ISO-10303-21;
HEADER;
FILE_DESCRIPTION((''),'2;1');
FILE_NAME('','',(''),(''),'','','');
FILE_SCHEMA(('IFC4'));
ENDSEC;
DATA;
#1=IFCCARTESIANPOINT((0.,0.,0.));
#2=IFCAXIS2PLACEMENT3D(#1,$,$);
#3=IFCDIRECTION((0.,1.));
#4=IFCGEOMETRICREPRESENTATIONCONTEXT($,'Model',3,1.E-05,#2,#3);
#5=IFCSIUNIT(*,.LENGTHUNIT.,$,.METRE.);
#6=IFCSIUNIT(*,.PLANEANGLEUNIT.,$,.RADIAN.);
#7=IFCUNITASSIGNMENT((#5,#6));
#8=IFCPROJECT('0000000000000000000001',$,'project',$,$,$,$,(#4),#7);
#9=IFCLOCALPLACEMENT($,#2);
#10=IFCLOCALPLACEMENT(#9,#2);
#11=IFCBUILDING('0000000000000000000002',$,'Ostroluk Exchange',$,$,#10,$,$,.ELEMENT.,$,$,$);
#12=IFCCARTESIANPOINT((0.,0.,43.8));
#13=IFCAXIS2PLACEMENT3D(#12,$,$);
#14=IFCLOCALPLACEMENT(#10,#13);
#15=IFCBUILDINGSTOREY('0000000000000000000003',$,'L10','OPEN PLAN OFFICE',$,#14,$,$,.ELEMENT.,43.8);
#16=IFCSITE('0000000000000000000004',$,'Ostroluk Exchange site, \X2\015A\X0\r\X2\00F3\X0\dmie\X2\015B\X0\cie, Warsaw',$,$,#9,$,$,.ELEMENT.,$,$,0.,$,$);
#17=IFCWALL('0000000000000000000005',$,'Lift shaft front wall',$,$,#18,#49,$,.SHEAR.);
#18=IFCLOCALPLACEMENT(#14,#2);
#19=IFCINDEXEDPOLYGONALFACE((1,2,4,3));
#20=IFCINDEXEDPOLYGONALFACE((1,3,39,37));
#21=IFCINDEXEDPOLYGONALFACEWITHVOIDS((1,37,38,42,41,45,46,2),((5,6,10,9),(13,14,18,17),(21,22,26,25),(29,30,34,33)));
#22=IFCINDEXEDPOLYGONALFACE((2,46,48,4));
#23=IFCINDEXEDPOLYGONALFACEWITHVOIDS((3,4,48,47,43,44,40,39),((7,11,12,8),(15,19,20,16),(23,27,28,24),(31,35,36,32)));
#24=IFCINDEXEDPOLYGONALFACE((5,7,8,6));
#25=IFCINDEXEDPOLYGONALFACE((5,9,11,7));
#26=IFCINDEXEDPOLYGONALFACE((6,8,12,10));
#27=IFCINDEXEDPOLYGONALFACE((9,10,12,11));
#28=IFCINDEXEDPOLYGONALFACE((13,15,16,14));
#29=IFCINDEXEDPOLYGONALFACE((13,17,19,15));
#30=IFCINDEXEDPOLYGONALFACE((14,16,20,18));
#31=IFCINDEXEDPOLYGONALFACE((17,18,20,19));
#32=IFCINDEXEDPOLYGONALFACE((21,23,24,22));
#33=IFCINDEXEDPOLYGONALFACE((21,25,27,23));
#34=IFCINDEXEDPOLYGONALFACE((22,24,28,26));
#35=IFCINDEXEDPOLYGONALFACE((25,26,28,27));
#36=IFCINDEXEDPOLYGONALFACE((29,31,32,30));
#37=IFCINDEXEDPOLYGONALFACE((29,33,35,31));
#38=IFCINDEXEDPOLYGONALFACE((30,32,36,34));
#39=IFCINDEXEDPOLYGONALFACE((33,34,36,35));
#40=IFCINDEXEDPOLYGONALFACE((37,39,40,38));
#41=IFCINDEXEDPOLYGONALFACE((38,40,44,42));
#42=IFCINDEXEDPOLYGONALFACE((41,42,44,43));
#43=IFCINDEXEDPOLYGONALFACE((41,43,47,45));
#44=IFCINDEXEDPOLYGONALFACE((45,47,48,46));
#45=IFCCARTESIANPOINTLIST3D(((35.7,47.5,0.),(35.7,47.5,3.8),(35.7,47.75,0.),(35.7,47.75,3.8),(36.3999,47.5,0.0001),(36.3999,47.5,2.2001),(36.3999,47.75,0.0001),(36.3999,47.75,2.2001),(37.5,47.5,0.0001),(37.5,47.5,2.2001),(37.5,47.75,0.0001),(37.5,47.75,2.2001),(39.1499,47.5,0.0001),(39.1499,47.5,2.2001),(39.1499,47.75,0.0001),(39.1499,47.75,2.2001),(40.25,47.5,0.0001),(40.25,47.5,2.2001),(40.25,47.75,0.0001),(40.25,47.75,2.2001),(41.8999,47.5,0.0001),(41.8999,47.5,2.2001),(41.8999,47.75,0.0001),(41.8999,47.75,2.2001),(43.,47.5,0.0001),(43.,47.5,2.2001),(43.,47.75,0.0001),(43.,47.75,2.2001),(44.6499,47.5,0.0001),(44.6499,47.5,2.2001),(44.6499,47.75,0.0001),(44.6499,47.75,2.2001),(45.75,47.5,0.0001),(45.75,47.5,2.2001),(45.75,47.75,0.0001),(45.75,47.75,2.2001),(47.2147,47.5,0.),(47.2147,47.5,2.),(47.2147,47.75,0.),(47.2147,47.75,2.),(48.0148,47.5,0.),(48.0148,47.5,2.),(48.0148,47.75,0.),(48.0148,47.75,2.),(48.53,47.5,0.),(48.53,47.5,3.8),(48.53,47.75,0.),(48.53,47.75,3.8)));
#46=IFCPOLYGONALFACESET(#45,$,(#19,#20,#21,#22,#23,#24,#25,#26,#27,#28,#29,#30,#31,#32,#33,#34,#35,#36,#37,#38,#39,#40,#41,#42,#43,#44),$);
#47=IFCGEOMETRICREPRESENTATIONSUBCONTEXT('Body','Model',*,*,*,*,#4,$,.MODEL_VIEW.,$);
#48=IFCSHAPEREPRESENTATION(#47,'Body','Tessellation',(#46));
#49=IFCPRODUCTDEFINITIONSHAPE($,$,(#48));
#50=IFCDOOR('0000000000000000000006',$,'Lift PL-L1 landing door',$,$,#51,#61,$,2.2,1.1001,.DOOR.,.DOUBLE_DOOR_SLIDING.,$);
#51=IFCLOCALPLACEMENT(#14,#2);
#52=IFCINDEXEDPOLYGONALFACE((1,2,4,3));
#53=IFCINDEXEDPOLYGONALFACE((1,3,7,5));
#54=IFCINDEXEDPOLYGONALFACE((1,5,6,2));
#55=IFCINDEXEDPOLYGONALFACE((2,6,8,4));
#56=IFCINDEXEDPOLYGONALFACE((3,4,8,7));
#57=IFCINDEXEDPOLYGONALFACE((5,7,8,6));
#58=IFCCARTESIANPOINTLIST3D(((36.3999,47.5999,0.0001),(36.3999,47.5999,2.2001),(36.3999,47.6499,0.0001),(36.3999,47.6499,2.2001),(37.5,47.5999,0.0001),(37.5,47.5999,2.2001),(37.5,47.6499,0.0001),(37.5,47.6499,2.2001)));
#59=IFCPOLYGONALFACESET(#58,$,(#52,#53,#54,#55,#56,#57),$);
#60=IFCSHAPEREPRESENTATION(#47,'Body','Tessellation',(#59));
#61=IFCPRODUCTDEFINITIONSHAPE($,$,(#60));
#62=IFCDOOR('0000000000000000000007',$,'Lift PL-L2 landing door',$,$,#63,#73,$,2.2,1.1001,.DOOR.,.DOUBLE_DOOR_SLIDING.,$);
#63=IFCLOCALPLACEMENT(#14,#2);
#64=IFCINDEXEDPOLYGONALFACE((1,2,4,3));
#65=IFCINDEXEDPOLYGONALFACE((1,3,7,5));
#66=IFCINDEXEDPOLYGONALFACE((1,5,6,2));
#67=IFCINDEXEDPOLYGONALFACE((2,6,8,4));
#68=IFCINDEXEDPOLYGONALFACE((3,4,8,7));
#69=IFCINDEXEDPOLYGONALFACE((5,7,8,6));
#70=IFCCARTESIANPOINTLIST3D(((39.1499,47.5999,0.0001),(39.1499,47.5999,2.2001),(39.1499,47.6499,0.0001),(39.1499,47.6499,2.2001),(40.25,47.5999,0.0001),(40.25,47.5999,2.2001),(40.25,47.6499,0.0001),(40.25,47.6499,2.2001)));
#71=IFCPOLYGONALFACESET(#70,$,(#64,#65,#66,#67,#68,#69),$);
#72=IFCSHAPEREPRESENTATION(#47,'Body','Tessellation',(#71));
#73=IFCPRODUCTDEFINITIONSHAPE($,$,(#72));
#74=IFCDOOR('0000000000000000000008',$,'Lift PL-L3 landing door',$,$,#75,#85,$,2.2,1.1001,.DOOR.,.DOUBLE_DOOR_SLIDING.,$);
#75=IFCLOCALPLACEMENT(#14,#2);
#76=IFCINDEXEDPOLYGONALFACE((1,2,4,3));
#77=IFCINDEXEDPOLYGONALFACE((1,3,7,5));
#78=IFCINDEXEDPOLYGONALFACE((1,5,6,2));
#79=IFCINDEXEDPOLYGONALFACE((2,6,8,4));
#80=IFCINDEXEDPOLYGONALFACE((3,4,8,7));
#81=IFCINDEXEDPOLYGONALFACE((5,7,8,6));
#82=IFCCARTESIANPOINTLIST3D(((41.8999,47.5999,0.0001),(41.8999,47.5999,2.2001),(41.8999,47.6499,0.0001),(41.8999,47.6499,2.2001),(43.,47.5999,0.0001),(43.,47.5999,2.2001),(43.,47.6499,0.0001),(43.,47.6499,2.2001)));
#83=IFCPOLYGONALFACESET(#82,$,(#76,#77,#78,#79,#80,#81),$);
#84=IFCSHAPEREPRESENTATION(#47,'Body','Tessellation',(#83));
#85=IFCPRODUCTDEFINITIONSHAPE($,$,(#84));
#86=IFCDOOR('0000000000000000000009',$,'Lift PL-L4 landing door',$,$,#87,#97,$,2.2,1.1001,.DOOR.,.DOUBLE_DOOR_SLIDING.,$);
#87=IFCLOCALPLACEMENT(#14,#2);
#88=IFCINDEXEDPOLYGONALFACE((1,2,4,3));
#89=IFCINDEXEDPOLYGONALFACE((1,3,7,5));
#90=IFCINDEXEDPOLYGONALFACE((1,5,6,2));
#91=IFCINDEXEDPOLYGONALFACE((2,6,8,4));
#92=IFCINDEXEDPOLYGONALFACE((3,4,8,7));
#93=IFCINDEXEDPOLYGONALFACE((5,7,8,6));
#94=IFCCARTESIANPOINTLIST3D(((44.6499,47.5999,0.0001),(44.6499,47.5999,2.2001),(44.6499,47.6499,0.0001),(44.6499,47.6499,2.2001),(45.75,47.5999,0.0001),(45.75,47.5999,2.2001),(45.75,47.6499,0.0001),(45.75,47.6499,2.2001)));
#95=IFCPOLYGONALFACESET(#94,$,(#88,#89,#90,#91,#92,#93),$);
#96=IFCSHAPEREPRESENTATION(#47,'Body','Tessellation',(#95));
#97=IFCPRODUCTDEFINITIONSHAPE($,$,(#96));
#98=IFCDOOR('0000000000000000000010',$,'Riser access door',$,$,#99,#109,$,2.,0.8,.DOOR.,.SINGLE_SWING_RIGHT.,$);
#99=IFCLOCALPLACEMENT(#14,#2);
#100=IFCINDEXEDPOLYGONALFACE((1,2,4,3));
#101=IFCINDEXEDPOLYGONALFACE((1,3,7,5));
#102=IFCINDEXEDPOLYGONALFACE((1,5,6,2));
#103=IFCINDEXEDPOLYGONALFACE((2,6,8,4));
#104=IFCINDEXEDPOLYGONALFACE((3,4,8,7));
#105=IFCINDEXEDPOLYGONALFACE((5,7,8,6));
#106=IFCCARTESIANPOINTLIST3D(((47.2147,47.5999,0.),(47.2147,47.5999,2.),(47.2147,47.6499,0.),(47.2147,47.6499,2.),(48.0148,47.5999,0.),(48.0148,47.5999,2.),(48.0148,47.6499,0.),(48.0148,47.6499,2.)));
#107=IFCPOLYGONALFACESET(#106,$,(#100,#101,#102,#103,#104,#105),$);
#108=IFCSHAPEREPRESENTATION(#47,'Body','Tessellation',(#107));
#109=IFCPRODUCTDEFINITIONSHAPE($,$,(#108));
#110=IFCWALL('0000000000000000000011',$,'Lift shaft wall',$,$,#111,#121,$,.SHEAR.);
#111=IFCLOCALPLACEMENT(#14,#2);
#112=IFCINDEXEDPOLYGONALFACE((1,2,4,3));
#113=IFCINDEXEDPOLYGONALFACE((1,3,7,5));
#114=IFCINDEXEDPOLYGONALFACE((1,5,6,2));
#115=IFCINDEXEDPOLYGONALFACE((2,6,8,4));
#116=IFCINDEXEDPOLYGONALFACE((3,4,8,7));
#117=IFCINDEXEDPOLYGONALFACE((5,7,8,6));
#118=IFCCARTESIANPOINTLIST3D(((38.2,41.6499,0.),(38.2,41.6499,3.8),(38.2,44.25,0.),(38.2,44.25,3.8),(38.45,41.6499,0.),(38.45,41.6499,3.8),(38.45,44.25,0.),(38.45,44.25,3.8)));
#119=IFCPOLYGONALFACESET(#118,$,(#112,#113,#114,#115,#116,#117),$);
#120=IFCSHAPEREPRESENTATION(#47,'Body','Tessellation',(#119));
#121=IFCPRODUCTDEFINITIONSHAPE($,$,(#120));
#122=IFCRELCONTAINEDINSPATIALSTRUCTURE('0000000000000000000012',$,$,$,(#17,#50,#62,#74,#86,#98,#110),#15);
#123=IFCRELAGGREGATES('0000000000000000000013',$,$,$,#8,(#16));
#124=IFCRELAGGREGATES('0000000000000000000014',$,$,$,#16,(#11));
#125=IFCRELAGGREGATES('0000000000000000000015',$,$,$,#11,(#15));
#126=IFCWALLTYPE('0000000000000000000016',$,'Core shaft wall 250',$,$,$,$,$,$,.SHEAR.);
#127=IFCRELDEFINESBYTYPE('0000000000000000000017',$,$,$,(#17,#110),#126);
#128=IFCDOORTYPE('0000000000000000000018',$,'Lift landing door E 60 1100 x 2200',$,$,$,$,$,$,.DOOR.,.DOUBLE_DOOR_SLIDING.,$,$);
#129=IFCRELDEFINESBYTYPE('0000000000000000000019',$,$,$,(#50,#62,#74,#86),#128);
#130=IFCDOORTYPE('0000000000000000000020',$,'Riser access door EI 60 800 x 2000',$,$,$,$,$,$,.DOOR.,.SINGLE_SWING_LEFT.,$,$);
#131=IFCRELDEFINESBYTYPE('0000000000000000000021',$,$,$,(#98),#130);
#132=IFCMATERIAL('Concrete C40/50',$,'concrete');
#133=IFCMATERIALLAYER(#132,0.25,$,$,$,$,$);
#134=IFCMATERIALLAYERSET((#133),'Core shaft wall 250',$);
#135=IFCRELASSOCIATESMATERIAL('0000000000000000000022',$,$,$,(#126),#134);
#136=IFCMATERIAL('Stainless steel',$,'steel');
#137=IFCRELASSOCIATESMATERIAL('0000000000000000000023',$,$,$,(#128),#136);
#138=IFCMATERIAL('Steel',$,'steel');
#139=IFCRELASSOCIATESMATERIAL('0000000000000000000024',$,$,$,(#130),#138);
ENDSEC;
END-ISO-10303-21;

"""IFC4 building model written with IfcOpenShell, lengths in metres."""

from ifc_helpers import new_model, si_unit, direction, frame, frame_2d, origin, place, context, subcontext, project, spatial, rectangle, extrude, material, layer, layer_set, type_object, element, fill, save


model = new_model("IFC4")

# Units and contexts
model_context = context("Model", 3, precision=1e-05, world=origin(), true_north=direction((0.0, 1.0)))
body_context = subcontext(model_context, "Body", "Model", "MODEL_VIEW")
ifc_project = project(units=[si_unit("LENGTHUNIT", "METRE"), si_unit("PLANEANGLEUNIT", "RADIAN")], contexts=[model_context])

# Site, building, storey
site_placement = place(None, origin())
site = spatial("IfcSite", under=ifc_project, at=site_placement, Name="Ostroluk Exchange site, Śródmieście, Warsaw", CompositionType="ELEMENT", RefElevation=0.0)
building_placement = place(site_placement, origin())
building = spatial("IfcBuilding", under=site, at=building_placement, Name="Ostroluk Exchange", CompositionType="ELEMENT")
storey_placement = place(building_placement, frame((0.0, 0.0, 43.8)))
storey = spatial("IfcBuildingStorey", under=building, at=storey_placement, Name="L10", Description="OPEN PLAN OFFICE", CompositionType="ELEMENT", Elevation=43.8)

# Shared definitions
ifc_material_1 = material(Name="Concrete C40/50", Category="concrete")
ifc_layer = layer(ifc_material_1, 0.25)
ifc_layer_set = layer_set([ifc_layer], Name="Core shaft wall 250")
wall_type = type_object("IfcWallType", Name="Core shaft wall 250", PredefinedType="SHEAR", material=ifc_layer_set)

# Wall, openings, doors
wall_1_placement = place(storey_placement, frame((35.7, 47.625, 0.0), z_axis=(0.0, 0.0, 1.0), x_axis=(1.0, 0.0, 0.0)))
wall_1 = element("IfcWall", 1, at=wall_1_placement, inside=storey, type_object=wall_type, Name="Lift shaft front wall", PredefinedType="SHEAR", context=body_context, shape_type="SweptSolid", body=[
    extrude(rectangle(XDim=12.8301, YDim=0.25, at=frame_2d((6.415, 0.0))), origin(), (0.0, 0.0, 1.0), 3.8),
])
opening_1_placement = place(wall_1_placement, frame((0.7, 0.0, 0.0)))
opening_1 = element("IfcOpeningElement", 2, at=opening_1_placement, cuts=wall_1, PredefinedType="OPENING", context=body_context, shape_type="SweptSolid", body=[
    extrude(rectangle(XDim=1.1001, YDim=2.2, at=frame_2d((0.55, 1.1001))), frame((0.0, 0.135, 0.0), z_axis=(0.0, -1.0, 0.0), x_axis=(1.0, 0.0, 0.0)), (0.0, 0.0, 1.0), 0.27),
])
opening_2_placement = place(wall_1_placement, frame((3.45, 0.0, 0.0)))
opening_2 = element("IfcOpeningElement", 3, at=opening_2_placement, cuts=wall_1, PredefinedType="OPENING", context=body_context, shape_type="SweptSolid", body=[
    extrude(rectangle(XDim=1.1001, YDim=2.2, at=frame_2d((0.55, 1.1001))), frame((0.0, 0.135, 0.0), z_axis=(0.0, -1.0, 0.0), x_axis=(1.0, 0.0, 0.0)), (0.0, 0.0, 1.0), 0.27),
])
opening_3_placement = place(wall_1_placement, frame((6.2, 0.0, 0.0)))
opening_3 = element("IfcOpeningElement", 4, at=opening_3_placement, cuts=wall_1, PredefinedType="OPENING", context=body_context, shape_type="SweptSolid", body=[
    extrude(rectangle(XDim=1.1001, YDim=2.2, at=frame_2d((0.55, 1.1001))), frame((0.0, 0.135, 0.0), z_axis=(0.0, -1.0, 0.0), x_axis=(1.0, 0.0, 0.0)), (0.0, 0.0, 1.0), 0.27),
])
opening_4_placement = place(wall_1_placement, frame((8.95, 0.0, 0.0)))
opening_4 = element("IfcOpeningElement", 5, at=opening_4_placement, cuts=wall_1, PredefinedType="OPENING", context=body_context, shape_type="SweptSolid", body=[
    extrude(rectangle(XDim=1.1001, YDim=2.2, at=frame_2d((0.55, 1.1001))), frame((0.0, 0.135, 0.0), z_axis=(0.0, -1.0, 0.0), x_axis=(1.0, 0.0, 0.0)), (0.0, 0.0, 1.0), 0.27),
])
opening_5_placement = place(wall_1_placement, frame((11.5149, 0.0, 0.0)))
opening_5 = element("IfcOpeningElement", 6, at=opening_5_placement, cuts=wall_1, PredefinedType="OPENING", context=body_context, shape_type="SweptSolid", body=[
    extrude(rectangle(XDim=0.8, YDim=2.0, at=frame_2d((0.3999, 1.0))), frame((0.0, 0.135, 0.0), z_axis=(0.0, -1.0, 0.0), x_axis=(1.0, 0.0, 0.0)), (0.0, 0.0, 1.0), 0.27),
])
ifc_material_2 = material(Name="Stainless steel", Category="steel")
door_type_1 = type_object("IfcDoorType", Name="Lift landing door E 60 1100 x 2200", OperationType="DOUBLE_DOOR_SLIDING", PredefinedType="DOOR", material=ifc_material_2)
door_1_placement = place(opening_1_placement, origin())
door_1 = element("IfcDoor", 7, at=door_1_placement, inside=storey, type_object=door_type_1, Name="Lift PL-L1 landing door", OperationType="DOUBLE_DOOR_SLIDING", OverallHeight=2.2, OverallWidth=1.1001, PredefinedType="DOOR", context=body_context, shape_type="SweptSolid", body=[
    extrude(rectangle(XDim=1.1001, YDim=2.2, at=frame_2d((0.55, 1.1001))), frame((0.0, 0.0249, 0.0), z_axis=(0.0, -1.0, 0.0), x_axis=(1.0, 0.0, 0.0)), (0.0, 0.0, 1.0), 0.05),
])
fill(opening_1, door_1)
door_2_placement = place(opening_2_placement, origin())
door_2 = element("IfcDoor", 8, at=door_2_placement, inside=storey, type_object=door_type_1, Name="Lift PL-L2 landing door", OperationType="DOUBLE_DOOR_SLIDING", OverallHeight=2.2, OverallWidth=1.1001, PredefinedType="DOOR", context=body_context, shape_type="SweptSolid", body=[
    extrude(rectangle(XDim=1.1001, YDim=2.2, at=frame_2d((0.55, 1.1001))), frame((0.0, 0.0249, 0.0), z_axis=(0.0, -1.0, 0.0), x_axis=(1.0, 0.0, 0.0)), (0.0, 0.0, 1.0), 0.05),
])
fill(opening_2, door_2)
door_3_placement = place(opening_3_placement, origin())
door_3 = element("IfcDoor", 9, at=door_3_placement, inside=storey, type_object=door_type_1, Name="Lift PL-L3 landing door", OperationType="DOUBLE_DOOR_SLIDING", OverallHeight=2.2, OverallWidth=1.1001, PredefinedType="DOOR", context=body_context, shape_type="SweptSolid", body=[
    extrude(rectangle(XDim=1.1001, YDim=2.2, at=frame_2d((0.55, 1.1001))), frame((0.0, 0.0249, 0.0), z_axis=(0.0, -1.0, 0.0), x_axis=(1.0, 0.0, 0.0)), (0.0, 0.0, 1.0), 0.05),
])
fill(opening_3, door_3)
door_4_placement = place(opening_4_placement, origin())
door_4 = element("IfcDoor", 10, at=door_4_placement, inside=storey, type_object=door_type_1, Name="Lift PL-L4 landing door", OperationType="DOUBLE_DOOR_SLIDING", OverallHeight=2.2, OverallWidth=1.1001, PredefinedType="DOOR", context=body_context, shape_type="SweptSolid", body=[
    extrude(rectangle(XDim=1.1001, YDim=2.2, at=frame_2d((0.55, 1.1001))), frame((0.0, 0.0249, 0.0), z_axis=(0.0, -1.0, 0.0), x_axis=(1.0, 0.0, 0.0)), (0.0, 0.0, 1.0), 0.05),
])
fill(opening_4, door_4)
ifc_material_3 = material(Name="Steel", Category="steel")
door_type_2 = type_object("IfcDoorType", Name="Riser access door EI 60 800 x 2000", OperationType="SINGLE_SWING_LEFT", PredefinedType="DOOR", material=ifc_material_3)
door_5_placement = place(opening_5_placement, origin())
door_5 = element("IfcDoor", 11, at=door_5_placement, inside=storey, type_object=door_type_2, Name="Riser access door", OperationType="SINGLE_SWING_RIGHT", OverallHeight=2.0, OverallWidth=0.8, PredefinedType="DOOR", context=body_context, shape_type="SweptSolid", body=[
    extrude(rectangle(XDim=0.8, YDim=2.0, at=frame_2d((0.3999, 1.0))), frame((0.0, 0.0249, 0.0), z_axis=(0.0, -1.0, 0.0), x_axis=(1.0, 0.0, 0.0)), (0.0, 0.0, 1.0), 0.05),
])
fill(opening_5, door_5)

# Wall
wall_2_placement = place(storey_placement, frame((38.325, 44.25, 0.0), z_axis=(0.0, 0.0, 1.0), x_axis=(0.0, -1.0, 0.0)))
element("IfcWall", 12, at=wall_2_placement, inside=storey, type_object=wall_type, Name="Lift shaft wall", PredefinedType="SHEAR", context=body_context, shape_type="SweptSolid", body=[
    extrude(rectangle(XDim=2.6001, YDim=0.25, at=frame_2d((1.3, 0.0))), origin(), (0.0, 0.0, 1.0), 3.8),
])

save(model, "model.ifc")
